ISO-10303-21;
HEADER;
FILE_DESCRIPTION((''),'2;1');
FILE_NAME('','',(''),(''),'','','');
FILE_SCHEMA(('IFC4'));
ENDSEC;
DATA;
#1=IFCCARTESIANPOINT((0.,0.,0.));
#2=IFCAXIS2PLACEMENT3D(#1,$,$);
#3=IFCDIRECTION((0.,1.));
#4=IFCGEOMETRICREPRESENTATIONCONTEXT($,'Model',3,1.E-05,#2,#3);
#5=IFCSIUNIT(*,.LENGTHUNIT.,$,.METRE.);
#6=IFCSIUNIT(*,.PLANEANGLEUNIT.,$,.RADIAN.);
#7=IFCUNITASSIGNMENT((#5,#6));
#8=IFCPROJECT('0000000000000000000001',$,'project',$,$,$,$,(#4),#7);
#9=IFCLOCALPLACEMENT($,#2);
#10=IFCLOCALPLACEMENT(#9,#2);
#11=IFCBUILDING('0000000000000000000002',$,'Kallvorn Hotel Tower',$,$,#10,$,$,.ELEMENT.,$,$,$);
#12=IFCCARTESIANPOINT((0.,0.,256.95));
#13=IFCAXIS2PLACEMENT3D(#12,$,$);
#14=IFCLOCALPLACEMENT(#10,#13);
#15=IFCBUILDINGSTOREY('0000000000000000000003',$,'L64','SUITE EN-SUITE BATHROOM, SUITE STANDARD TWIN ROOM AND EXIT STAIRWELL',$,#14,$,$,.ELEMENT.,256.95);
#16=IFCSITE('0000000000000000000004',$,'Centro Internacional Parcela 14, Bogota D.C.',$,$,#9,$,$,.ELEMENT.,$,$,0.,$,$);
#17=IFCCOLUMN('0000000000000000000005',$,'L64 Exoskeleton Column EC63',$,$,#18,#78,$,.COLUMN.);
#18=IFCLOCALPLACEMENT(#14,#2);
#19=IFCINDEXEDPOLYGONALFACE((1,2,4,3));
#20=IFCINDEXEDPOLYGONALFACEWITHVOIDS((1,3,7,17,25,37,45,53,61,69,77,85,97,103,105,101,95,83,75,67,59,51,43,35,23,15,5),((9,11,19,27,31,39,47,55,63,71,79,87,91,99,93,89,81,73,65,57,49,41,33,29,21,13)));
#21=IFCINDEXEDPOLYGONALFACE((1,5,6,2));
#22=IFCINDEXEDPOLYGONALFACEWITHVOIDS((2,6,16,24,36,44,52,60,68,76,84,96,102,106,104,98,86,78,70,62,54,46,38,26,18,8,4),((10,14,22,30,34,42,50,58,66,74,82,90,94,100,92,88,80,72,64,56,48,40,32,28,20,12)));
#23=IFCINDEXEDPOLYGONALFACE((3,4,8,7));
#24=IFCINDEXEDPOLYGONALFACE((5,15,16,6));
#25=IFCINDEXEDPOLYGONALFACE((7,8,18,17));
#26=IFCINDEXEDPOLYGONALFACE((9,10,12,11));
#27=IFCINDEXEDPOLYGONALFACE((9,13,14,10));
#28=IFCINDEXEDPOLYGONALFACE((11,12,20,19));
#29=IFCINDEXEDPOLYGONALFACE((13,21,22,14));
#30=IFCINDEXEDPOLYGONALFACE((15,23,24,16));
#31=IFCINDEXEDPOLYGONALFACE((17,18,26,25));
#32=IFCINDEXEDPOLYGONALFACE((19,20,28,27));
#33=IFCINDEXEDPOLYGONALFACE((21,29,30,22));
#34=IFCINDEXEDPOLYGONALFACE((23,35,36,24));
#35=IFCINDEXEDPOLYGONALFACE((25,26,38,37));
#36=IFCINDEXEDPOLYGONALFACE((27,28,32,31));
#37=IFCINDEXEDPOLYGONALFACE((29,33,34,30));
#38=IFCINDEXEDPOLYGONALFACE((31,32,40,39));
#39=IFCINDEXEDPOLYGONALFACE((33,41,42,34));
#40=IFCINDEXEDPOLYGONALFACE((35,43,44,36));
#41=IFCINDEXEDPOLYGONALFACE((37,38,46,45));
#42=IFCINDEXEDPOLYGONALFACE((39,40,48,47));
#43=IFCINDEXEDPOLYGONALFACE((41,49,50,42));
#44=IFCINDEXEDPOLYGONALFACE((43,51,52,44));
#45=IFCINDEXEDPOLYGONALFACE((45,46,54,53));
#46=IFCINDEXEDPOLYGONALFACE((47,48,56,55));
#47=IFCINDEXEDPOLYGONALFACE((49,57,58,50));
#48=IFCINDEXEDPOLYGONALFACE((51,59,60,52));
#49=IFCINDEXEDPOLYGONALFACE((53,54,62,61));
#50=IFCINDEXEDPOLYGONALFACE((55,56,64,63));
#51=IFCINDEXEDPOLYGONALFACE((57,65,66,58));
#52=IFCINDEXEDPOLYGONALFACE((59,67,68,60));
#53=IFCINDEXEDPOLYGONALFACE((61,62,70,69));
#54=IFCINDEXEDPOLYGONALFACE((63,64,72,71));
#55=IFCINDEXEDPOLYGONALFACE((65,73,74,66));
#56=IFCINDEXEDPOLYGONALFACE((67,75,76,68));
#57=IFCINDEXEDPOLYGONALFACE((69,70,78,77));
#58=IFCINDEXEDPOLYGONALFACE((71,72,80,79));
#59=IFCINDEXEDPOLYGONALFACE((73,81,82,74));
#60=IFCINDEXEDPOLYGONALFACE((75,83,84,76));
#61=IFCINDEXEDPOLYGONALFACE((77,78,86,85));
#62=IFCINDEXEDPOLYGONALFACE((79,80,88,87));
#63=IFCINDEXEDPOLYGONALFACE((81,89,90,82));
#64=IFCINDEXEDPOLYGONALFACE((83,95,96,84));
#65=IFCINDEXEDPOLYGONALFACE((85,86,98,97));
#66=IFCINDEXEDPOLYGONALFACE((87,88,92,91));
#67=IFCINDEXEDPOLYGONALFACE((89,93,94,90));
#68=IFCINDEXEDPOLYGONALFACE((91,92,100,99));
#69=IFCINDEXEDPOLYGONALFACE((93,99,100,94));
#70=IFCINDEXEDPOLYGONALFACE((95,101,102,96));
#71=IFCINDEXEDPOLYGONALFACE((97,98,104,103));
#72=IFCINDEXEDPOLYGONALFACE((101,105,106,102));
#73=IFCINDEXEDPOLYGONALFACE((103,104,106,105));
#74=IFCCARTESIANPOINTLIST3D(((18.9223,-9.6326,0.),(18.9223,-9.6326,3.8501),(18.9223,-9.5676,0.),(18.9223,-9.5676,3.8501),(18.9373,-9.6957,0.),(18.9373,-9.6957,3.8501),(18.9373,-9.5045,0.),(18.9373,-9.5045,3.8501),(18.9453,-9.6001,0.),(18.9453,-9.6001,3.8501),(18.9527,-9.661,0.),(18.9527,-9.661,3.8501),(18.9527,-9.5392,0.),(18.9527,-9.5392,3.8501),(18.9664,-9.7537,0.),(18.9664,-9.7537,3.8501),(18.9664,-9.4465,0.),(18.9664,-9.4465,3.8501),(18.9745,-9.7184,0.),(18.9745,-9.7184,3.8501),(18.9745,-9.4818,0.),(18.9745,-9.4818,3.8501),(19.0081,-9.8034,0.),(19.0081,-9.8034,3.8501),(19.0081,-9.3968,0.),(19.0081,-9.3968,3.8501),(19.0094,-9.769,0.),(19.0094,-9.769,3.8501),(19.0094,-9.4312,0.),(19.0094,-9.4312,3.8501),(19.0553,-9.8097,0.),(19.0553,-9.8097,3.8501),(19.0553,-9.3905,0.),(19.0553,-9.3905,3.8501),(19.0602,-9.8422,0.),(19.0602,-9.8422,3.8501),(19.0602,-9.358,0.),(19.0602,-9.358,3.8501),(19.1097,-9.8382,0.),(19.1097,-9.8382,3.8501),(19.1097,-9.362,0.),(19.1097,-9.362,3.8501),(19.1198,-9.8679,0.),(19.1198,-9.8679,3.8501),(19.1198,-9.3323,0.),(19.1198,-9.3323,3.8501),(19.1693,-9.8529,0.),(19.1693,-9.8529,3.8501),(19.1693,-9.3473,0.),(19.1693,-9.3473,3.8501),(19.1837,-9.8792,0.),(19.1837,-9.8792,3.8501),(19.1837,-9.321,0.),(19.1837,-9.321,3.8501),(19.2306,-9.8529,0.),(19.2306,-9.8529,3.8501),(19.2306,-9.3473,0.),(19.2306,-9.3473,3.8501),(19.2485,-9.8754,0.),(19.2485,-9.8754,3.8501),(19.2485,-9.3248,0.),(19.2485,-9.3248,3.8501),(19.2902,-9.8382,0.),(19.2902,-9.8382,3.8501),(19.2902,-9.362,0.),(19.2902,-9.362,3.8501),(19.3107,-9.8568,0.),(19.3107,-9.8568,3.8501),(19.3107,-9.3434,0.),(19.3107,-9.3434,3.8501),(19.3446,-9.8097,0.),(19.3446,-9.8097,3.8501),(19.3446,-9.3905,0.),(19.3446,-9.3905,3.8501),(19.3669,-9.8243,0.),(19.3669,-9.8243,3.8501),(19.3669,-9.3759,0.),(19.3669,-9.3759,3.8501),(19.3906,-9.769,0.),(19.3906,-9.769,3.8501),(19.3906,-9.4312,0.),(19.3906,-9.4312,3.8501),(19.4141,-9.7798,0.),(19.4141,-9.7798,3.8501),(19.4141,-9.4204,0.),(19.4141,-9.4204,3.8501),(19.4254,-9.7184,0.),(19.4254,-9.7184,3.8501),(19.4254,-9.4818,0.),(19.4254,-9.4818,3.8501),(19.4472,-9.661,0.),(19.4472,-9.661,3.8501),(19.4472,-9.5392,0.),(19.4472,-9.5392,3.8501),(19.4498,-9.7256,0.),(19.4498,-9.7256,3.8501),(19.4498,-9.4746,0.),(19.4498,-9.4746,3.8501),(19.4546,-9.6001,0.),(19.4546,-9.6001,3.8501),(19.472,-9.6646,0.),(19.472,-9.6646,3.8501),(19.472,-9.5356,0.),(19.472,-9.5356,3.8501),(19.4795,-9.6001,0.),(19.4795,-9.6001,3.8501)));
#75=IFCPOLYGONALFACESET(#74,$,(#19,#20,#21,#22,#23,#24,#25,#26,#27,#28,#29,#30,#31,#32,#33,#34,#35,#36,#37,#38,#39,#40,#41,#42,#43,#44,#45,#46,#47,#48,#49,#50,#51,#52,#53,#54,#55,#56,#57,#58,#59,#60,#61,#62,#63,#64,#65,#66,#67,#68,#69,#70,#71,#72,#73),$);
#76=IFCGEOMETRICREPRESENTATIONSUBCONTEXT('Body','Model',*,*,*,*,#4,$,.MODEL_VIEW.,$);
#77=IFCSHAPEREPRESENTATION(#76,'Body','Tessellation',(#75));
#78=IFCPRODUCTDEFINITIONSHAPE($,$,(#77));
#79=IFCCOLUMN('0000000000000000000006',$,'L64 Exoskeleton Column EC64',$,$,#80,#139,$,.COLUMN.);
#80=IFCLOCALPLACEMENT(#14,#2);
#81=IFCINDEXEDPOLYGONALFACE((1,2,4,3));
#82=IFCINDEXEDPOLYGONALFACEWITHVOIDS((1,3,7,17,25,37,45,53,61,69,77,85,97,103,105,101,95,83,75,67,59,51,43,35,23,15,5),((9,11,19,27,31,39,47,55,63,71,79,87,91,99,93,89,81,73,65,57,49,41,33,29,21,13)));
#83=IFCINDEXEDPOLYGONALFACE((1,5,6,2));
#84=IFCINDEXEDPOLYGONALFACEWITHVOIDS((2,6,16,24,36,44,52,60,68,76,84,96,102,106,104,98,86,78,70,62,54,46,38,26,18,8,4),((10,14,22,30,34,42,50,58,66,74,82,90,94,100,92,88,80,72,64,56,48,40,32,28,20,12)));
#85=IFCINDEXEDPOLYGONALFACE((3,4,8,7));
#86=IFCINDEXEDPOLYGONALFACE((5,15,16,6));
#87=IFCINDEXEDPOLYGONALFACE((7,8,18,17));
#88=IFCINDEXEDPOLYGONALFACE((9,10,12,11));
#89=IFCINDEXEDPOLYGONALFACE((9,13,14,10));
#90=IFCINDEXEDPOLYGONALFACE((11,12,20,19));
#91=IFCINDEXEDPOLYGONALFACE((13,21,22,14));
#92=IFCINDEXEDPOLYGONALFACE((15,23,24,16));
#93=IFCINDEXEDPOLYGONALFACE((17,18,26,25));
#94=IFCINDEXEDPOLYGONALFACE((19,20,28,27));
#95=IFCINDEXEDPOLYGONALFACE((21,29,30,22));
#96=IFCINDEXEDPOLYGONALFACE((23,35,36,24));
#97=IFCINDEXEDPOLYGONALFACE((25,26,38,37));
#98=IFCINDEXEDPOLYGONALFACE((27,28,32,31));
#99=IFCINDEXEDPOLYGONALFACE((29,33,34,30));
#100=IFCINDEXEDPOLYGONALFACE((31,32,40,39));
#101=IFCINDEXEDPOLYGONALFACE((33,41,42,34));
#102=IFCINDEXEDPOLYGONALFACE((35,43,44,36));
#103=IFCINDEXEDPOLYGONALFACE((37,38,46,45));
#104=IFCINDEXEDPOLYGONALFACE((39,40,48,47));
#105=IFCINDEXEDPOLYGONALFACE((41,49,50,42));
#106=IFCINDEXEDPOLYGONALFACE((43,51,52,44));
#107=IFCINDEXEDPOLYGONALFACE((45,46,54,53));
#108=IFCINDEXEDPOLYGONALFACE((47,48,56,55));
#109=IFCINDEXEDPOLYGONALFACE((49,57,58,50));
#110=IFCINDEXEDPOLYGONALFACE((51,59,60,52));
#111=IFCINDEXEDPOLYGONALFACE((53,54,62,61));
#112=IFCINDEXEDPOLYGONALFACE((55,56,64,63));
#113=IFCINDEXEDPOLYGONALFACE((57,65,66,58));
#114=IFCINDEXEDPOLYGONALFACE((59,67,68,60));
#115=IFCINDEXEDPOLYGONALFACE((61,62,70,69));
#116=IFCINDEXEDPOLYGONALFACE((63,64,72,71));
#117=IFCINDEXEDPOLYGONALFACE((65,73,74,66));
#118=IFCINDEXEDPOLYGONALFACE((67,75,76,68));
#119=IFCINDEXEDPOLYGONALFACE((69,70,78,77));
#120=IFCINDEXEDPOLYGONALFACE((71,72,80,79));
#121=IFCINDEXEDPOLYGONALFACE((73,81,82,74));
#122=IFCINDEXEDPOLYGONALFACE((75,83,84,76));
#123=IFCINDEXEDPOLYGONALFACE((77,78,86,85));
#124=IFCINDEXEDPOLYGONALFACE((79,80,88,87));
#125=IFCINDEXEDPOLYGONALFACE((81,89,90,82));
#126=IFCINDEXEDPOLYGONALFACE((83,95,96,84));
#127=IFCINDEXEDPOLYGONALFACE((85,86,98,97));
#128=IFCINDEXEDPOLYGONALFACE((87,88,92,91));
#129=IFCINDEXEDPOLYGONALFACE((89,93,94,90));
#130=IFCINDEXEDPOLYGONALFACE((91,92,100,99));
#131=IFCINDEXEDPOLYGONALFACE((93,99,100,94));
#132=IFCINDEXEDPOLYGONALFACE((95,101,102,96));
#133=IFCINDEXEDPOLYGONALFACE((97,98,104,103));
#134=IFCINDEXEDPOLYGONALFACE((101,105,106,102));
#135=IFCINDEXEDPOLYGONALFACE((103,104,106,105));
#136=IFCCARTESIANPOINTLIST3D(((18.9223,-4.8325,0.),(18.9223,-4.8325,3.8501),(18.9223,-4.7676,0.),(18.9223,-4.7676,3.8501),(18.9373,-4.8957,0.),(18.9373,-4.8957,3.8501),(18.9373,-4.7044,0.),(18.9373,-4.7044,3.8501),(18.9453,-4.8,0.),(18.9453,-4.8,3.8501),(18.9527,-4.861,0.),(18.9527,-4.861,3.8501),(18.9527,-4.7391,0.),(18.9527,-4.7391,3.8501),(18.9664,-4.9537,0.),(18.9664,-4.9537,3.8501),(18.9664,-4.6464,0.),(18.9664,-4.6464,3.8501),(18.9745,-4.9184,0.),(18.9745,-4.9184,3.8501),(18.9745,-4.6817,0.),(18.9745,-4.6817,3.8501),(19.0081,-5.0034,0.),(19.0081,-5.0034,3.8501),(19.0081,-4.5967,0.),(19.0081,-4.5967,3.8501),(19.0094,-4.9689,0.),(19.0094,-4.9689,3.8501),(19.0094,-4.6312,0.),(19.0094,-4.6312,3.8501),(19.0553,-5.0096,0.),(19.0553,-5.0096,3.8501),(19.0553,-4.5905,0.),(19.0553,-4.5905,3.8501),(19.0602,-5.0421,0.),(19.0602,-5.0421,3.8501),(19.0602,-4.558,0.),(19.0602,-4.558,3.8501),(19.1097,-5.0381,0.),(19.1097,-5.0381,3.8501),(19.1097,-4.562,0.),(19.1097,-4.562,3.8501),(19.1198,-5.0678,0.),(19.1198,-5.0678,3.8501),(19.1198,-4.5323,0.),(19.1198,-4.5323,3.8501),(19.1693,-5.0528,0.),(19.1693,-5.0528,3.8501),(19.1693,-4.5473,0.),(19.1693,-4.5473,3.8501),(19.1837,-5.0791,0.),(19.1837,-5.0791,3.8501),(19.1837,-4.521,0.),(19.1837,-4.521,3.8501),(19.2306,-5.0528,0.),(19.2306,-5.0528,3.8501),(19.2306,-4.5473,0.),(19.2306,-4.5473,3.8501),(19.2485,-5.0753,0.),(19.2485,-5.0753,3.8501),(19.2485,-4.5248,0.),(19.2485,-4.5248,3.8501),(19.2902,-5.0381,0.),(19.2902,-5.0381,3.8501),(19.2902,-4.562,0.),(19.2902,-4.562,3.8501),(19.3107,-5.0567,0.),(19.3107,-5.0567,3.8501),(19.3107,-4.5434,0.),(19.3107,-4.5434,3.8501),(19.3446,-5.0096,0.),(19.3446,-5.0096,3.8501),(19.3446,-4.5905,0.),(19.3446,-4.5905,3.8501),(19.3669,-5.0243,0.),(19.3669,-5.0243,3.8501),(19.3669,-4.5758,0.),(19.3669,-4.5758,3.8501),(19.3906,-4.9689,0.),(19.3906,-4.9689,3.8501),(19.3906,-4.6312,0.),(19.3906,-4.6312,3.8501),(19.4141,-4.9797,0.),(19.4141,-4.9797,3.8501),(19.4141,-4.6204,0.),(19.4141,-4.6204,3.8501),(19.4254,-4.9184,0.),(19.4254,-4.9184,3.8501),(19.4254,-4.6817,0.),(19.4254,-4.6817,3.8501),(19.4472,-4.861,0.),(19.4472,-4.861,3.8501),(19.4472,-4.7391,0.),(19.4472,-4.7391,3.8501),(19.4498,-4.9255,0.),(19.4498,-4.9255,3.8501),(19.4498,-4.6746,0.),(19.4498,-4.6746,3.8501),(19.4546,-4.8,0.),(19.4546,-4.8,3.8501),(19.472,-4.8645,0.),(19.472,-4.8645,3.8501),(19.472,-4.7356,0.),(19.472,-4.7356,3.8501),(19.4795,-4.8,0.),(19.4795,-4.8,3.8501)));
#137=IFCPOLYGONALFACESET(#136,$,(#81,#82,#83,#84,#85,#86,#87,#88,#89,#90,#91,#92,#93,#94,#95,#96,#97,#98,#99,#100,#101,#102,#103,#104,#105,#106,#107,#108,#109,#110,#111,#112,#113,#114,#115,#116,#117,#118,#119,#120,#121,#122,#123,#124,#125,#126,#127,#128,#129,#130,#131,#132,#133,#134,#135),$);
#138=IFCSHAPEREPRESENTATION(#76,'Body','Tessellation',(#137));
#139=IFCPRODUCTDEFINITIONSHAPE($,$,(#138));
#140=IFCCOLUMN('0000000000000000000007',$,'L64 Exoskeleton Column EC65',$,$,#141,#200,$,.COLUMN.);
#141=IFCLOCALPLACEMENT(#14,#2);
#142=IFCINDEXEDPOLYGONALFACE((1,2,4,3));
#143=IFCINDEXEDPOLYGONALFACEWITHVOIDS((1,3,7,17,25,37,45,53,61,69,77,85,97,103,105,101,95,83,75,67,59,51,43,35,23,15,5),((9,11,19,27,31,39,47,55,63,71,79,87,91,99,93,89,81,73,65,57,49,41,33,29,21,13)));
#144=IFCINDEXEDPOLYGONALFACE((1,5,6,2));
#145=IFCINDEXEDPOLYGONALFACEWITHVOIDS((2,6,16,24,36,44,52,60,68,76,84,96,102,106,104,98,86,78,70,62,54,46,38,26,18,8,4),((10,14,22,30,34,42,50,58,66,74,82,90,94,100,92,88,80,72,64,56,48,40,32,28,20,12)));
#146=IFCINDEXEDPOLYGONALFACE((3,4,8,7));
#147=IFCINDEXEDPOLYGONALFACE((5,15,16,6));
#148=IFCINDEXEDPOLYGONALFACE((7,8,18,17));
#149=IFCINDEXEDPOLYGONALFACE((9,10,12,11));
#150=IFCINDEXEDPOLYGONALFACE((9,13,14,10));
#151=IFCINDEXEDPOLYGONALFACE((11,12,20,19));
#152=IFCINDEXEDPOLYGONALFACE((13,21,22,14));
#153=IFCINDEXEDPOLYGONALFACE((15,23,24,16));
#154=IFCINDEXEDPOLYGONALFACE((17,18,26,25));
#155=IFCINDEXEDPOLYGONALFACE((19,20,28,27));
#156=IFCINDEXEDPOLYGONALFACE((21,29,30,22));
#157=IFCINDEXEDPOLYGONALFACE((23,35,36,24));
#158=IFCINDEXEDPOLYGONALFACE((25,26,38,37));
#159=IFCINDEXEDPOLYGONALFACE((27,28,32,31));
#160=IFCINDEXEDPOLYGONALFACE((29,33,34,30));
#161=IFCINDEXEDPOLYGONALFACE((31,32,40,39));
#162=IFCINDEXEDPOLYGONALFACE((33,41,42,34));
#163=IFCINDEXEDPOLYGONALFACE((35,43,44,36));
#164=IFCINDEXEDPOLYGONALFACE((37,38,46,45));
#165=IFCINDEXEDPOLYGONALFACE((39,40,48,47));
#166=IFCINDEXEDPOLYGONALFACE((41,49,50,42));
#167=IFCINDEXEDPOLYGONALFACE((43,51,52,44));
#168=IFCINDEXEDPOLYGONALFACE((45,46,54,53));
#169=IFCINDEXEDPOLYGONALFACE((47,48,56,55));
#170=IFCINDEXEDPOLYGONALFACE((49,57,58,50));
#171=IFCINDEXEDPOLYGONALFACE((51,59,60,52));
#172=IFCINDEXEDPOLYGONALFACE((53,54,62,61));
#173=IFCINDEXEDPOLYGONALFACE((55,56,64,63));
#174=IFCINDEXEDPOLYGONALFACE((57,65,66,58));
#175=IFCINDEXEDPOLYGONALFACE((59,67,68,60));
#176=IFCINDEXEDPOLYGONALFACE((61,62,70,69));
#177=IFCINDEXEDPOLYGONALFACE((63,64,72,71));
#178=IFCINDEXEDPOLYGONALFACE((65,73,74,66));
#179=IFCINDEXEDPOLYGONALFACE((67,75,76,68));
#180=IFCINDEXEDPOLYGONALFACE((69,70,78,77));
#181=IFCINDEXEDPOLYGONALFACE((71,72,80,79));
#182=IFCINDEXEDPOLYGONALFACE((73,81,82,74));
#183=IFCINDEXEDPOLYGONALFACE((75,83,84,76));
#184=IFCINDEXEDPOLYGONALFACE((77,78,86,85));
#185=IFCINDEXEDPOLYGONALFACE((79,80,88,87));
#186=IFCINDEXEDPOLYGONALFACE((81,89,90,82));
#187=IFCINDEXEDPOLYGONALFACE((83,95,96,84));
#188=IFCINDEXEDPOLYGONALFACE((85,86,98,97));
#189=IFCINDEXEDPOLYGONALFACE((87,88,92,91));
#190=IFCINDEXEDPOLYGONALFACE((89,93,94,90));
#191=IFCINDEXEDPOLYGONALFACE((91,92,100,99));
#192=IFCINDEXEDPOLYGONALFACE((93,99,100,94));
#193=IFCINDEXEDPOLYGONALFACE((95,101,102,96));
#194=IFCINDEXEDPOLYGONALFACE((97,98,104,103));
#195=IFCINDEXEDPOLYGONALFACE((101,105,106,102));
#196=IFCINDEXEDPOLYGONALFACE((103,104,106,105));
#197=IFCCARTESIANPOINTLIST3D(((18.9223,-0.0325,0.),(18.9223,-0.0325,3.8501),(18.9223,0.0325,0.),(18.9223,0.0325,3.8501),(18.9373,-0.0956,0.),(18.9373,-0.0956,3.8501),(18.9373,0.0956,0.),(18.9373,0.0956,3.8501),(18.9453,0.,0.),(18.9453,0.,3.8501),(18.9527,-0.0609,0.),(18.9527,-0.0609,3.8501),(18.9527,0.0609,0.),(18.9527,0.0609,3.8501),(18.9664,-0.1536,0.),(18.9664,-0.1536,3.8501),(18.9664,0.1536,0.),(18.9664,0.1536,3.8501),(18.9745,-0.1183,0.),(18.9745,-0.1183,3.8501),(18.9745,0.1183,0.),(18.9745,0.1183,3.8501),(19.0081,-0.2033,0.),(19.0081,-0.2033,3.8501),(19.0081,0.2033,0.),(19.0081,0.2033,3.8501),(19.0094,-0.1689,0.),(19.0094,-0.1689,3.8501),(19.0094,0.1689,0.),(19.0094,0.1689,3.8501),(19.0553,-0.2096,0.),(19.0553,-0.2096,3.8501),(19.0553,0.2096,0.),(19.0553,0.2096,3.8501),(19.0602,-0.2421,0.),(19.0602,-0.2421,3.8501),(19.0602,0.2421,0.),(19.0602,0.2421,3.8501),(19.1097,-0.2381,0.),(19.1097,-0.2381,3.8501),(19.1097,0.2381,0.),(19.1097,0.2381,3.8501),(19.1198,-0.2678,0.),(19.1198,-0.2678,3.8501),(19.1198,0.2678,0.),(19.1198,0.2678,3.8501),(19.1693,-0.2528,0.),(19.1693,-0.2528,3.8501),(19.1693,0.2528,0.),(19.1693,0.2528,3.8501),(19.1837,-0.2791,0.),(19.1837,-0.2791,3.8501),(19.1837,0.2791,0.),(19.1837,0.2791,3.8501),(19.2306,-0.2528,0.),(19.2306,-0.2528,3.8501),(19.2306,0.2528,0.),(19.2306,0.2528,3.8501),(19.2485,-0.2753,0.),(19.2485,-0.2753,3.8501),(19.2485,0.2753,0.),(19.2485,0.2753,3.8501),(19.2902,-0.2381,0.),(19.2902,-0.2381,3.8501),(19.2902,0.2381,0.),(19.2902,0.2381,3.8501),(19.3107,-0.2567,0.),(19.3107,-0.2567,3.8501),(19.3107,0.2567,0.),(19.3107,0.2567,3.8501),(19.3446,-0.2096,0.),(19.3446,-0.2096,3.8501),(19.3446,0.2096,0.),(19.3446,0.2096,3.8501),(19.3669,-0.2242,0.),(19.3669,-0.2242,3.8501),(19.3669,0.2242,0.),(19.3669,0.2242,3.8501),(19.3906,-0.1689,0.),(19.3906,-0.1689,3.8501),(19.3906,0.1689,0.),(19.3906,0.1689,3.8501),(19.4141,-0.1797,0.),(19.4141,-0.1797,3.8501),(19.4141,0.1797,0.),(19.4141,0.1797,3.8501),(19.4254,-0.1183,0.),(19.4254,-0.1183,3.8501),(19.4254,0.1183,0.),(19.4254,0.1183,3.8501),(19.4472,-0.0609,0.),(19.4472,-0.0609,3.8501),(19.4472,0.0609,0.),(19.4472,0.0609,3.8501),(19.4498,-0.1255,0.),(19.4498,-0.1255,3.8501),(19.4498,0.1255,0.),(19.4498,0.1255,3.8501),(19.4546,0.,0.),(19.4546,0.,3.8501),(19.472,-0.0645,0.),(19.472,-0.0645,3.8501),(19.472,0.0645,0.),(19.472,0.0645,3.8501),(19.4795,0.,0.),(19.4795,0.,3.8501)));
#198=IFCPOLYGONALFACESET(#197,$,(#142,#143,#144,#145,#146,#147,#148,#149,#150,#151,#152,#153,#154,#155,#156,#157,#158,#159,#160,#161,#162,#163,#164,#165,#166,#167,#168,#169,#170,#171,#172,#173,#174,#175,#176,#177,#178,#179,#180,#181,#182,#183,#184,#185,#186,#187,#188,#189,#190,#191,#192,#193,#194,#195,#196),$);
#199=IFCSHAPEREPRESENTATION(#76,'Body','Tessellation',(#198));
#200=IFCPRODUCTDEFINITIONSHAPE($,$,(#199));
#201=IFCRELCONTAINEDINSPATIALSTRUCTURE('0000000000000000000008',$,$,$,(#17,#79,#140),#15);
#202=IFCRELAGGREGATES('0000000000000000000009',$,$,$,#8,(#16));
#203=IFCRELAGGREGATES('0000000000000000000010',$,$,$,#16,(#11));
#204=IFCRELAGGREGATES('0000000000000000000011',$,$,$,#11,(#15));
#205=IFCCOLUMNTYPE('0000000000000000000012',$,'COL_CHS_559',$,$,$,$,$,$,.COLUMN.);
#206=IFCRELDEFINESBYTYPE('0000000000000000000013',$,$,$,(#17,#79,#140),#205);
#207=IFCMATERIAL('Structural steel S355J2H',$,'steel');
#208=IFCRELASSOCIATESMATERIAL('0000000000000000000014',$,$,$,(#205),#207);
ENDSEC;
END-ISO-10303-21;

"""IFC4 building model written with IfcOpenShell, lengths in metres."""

from ifc_helpers import new_model, si_unit, direction, frame, origin, origin_2d, place, context, subcontext, project, spatial, hollow_circle, extrude, material, material_profile, profile_set, type_object, element, save


model = new_model("IFC4")

# Units and contexts
model_context = context("Model", 3, precision=1e-05, world=origin(), true_north=direction((0.0, 1.0)))
body_context = subcontext(model_context, "Body", "Model", "MODEL_VIEW")
ifc_project = project(units=[si_unit("LENGTHUNIT", "METRE"), si_unit("PLANEANGLEUNIT", "RADIAN")], contexts=[model_context])

# Site, building, storey
site_placement = place(None, origin())
site = spatial("IfcSite", under=ifc_project, at=site_placement, Name="Centro Internacional Parcela 14, Bogota D.C.", CompositionType="ELEMENT", RefElevation=0.0)
building_placement = place(site_placement, origin())
building = spatial("IfcBuilding", under=site, at=building_placement, Name="Kallvorn Hotel Tower", CompositionType="ELEMENT")
storey_placement = place(building_placement, frame((0.0, 0.0, 256.95)))
storey = spatial("IfcBuildingStorey", under=building, at=storey_placement, Name="L64", Description="SUITE EN-SUITE BATHROOM, SUITE STANDARD TWIN ROOM AND EXIT STAIRWELL", CompositionType="ELEMENT", Elevation=256.95)

# Columns
ifc_material_1 = material(Name="Structural steel S355J2H", Category="steel")
ifc_material_profile_1 = material_profile(ifc_material_1, hollow_circle(Radius=0.2795, WallThickness=0.0249, at=origin_2d()), Name="CHS 559x25")
ifc_profile_set_1 = profile_set([ifc_material_profile_1], Name="Structural steel S355J2H")
column_type_1 = type_object("IfcColumnType", Name="COL_CHS_559", PredefinedType="COLUMN", material=ifc_profile_set_1)
for number, where, z_axis, x_axis, name in (
    (1, (19.2, -9.6001, 0.0), (0.0, 0.0, 1.0), (1.0, 0.0, 0.0), "L64 Exoskeleton Column EC63"),
    (2, (19.2, -4.8, 0.0), (0.0, 0.0, 1.0), (1.0, 0.0, 0.0), "L64 Exoskeleton Column EC64"),
    (3, (19.2, 0.0, 0.0), (0.0, 0.0, 1.0), (1.0, 0.0, 0.0), "L64 Exoskeleton Column EC65"),
):
    element("IfcColumn", number, at=place(storey_placement, frame(where, z_axis=z_axis, x_axis=x_axis)), inside=storey, type_object=column_type_1, Name=name, PredefinedType="COLUMN", context=body_context, shape_type="SweptSolid", body=[
        extrude(hollow_circle(Radius=0.2795, WallThickness=0.0249, at=origin_2d()), origin(), (0.0, 0.0, 1.0), 3.8501),
    ])

save(model, "model.ifc")
